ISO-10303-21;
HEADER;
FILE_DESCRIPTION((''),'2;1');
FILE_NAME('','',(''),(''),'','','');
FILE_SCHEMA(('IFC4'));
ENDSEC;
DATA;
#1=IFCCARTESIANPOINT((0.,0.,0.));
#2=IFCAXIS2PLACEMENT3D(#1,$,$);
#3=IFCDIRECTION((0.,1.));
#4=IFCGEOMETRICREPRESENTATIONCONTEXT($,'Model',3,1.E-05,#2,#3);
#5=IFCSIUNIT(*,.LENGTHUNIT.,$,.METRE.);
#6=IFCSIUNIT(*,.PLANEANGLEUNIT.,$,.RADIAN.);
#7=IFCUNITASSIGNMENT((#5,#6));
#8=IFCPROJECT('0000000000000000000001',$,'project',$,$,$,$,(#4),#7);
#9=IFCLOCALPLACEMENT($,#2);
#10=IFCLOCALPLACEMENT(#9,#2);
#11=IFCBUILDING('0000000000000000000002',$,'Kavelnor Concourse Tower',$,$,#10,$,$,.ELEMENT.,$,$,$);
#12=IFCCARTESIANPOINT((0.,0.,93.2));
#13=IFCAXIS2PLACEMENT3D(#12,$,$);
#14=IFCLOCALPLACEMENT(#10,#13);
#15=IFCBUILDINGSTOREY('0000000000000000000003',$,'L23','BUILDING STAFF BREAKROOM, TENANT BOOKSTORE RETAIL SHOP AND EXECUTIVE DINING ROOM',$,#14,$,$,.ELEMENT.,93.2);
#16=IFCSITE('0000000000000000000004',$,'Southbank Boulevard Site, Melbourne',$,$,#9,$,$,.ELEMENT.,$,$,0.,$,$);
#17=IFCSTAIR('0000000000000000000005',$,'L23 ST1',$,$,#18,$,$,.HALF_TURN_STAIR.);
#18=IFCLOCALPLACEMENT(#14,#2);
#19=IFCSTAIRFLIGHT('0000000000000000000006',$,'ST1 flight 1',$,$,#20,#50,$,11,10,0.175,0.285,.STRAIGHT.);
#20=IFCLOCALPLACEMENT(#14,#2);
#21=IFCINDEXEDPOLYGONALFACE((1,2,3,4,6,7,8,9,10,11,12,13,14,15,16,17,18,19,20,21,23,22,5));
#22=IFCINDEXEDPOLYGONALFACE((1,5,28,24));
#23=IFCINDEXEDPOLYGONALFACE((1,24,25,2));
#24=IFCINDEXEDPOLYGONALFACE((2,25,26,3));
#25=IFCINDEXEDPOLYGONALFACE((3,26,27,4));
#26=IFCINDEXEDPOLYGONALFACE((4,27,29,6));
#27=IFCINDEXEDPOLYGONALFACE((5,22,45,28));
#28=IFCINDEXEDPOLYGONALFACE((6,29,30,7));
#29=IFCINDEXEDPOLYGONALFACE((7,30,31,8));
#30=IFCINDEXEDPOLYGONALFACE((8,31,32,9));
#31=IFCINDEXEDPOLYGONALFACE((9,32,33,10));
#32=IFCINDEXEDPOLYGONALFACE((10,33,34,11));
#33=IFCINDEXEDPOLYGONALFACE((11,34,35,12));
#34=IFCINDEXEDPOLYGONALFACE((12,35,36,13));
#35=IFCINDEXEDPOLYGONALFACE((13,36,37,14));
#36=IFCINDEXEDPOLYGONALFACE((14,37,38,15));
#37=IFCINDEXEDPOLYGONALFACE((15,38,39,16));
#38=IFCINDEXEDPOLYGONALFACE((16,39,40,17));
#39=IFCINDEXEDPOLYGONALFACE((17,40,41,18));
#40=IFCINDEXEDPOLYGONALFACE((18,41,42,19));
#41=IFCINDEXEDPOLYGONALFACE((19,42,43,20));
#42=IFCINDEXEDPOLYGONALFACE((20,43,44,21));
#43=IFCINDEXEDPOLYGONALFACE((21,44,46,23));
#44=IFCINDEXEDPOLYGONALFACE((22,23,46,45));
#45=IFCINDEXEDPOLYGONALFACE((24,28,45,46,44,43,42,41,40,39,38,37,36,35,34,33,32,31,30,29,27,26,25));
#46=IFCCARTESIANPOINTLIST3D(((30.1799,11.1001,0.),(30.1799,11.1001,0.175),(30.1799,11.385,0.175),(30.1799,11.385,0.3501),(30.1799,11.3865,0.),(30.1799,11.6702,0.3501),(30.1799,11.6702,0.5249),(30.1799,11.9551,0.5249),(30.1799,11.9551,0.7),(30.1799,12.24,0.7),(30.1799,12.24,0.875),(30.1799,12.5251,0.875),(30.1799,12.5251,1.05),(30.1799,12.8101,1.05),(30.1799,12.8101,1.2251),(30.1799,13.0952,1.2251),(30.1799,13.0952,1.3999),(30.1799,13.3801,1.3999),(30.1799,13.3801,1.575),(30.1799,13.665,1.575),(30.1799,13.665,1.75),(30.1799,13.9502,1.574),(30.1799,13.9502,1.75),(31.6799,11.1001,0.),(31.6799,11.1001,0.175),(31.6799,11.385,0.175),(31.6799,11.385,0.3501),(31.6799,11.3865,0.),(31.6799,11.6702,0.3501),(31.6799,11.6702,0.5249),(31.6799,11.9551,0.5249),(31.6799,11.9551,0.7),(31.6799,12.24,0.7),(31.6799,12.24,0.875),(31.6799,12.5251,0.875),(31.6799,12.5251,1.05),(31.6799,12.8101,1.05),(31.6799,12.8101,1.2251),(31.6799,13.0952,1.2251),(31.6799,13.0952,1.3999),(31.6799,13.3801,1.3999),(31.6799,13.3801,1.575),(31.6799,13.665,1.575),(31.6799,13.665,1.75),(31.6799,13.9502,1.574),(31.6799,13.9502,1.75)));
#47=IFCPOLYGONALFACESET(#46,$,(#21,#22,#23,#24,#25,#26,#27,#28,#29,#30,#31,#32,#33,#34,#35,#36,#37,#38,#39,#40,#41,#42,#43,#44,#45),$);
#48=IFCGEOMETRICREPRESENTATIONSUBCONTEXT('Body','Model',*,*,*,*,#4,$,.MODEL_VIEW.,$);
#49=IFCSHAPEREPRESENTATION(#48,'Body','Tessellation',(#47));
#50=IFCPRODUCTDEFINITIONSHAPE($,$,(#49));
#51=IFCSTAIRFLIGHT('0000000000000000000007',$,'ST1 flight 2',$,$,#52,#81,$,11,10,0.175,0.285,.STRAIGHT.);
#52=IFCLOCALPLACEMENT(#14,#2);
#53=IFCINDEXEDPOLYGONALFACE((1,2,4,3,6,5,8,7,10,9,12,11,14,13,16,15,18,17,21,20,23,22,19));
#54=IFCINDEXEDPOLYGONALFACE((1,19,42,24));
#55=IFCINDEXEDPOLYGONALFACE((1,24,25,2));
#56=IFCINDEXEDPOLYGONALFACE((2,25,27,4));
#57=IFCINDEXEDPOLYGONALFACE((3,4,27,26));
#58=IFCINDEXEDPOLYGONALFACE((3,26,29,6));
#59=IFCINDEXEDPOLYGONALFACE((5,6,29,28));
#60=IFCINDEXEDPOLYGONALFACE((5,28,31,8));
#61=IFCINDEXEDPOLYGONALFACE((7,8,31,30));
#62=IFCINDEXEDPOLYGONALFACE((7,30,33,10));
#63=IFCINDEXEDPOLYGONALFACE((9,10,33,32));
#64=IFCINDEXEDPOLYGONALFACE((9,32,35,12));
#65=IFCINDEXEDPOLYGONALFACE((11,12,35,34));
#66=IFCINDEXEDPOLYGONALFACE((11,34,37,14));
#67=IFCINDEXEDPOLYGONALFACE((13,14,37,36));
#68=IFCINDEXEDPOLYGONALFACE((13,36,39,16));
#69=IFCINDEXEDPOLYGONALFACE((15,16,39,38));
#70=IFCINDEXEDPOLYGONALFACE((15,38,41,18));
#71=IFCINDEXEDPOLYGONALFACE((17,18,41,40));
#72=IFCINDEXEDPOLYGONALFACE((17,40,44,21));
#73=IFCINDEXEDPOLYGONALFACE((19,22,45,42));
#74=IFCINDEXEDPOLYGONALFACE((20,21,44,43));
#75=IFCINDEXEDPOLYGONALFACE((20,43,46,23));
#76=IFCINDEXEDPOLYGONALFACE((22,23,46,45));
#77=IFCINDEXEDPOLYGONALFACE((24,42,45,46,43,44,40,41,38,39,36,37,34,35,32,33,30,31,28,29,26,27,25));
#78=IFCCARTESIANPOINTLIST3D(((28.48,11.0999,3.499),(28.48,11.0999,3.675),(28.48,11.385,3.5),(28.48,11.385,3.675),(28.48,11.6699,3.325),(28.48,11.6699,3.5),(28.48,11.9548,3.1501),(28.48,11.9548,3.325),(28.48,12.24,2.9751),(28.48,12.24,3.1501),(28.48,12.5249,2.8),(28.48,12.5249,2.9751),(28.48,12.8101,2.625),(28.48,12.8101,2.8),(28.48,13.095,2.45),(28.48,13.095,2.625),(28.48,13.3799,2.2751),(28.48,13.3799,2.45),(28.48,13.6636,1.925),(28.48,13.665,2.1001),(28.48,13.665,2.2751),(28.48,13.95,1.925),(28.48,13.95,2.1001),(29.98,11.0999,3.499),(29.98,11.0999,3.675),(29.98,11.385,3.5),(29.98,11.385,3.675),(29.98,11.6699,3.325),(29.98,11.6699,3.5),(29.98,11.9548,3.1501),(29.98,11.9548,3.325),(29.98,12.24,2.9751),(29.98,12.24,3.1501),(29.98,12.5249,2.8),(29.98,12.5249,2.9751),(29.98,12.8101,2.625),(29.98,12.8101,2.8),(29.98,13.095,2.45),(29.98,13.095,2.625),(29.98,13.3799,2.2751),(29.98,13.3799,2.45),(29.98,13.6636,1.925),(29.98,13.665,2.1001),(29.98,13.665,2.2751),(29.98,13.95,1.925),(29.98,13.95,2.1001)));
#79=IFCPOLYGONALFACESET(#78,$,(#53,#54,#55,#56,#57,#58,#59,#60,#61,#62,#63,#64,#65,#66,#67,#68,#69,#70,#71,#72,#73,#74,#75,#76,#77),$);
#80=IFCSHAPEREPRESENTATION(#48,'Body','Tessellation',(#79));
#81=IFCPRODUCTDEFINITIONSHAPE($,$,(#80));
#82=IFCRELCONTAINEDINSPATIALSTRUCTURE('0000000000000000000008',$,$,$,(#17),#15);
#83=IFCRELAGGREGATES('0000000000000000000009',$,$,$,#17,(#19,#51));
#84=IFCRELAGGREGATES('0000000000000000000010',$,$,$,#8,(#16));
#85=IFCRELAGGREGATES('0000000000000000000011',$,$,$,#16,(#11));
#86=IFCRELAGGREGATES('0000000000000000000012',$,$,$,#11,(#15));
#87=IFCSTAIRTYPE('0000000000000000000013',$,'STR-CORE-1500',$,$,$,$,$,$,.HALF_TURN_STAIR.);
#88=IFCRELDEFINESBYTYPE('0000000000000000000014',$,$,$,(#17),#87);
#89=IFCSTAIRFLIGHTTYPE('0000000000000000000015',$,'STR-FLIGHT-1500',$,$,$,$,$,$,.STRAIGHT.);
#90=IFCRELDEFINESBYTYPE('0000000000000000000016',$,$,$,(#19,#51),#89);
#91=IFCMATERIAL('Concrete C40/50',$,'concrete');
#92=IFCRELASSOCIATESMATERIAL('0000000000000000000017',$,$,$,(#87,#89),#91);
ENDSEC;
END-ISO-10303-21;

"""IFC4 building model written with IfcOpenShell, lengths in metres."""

from ifc_helpers import new_model, si_unit, direction, frame, origin, place, context, subcontext, project, spatial, polyline, outline, extrude, material, type_object, element, aggregate, save


model = new_model("IFC4")

# Units and contexts
model_context = context("Model", 3, precision=1e-05, world=origin(), true_north=direction((0.0, 1.0)))
body_context = subcontext(model_context, "Body", "Model", "MODEL_VIEW")
ifc_project = project(units=[si_unit("LENGTHUNIT", "METRE"), si_unit("PLANEANGLEUNIT", "RADIAN")], contexts=[model_context])

# Site, building, storey
site_placement = place(None, origin())
site = spatial("IfcSite", under=ifc_project, at=site_placement, Name="Southbank Boulevard Site, Melbourne", CompositionType="ELEMENT", RefElevation=0.0)
building_placement = place(site_placement, origin())
building = spatial("IfcBuilding", under=site, at=building_placement, Name="Kavelnor Concourse Tower", CompositionType="ELEMENT")
storey_placement = place(building_placement, frame((0.0, 0.0, 93.2)))
storey = spatial("IfcBuildingStorey", under=building, at=storey_placement, Name="L23", Description="BUILDING STAFF BREAKROOM, TENANT BOOKSTORE RETAIL SHOP AND EXECUTIVE DINING ROOM", CompositionType="ELEMENT", Elevation=93.2)

# Stair, stair flights
ifc_material_1 = material(Name="Concrete C40/50", Category="concrete")
stair_type = type_object("IfcStairType", Name="STR-CORE-1500", PredefinedType="HALF_TURN_STAIR", material=ifc_material_1)
stair_placement = place(storey_placement, origin())
stair = element("IfcStair", 1, at=stair_placement, inside=storey, type_object=stair_type, Name="L23 ST1", PredefinedType="HALF_TURN_STAIR")
stair_flight_type = type_object("IfcStairFlightType", Name="STR-FLIGHT-1500", PredefinedType="STRAIGHT", material=ifc_material_1)
stair_flight_1_placement = place(storey_placement, frame((30.9299, 11.1001, 0.0), z_axis=(0.0, 0.0, 1.0), x_axis=(0.0, 1.0, 0.0)))
stair_flight_1 = element("IfcStairFlight", 2, at=stair_flight_1_placement, type_object=stair_flight_type, Name="ST1 flight 1", NumberOfRisers=11, NumberOfTreads=10, PredefinedType="STRAIGHT", RiserHeight=0.175, TreadLength=0.285, context=body_context, shape_type="SweptSolid", body=[
    extrude(outline(polyline([(0.0, 0.0), (0.0, 0.175), (0.2849, 0.175), (0.2849, 0.3501), (0.5701, 0.3501), (0.5701, 0.5249), (0.855, 0.5249), (0.855, 0.7), (1.1399, 0.7), (1.1399, 0.875), (1.425, 0.875), (1.425, 1.05), (1.71, 1.05), (1.71, 1.2251), (1.9951, 1.2251), (1.9951, 1.3999), (2.28, 1.3999), (2.28, 1.575), (2.5649, 1.575), (2.5649, 1.75), (2.8501, 1.75), (2.8501, 1.925), (2.8501, 1.574), (0.2864, 0.0), (0.0, 0.0)])), frame((0.0, 0.75, 0.0), z_axis=(0.0, -1.0, 0.0), x_axis=(1.0, 0.0, 0.0)), (0.0, 0.0, 1.0), 1.5),
])
stair_flight_2_placement = place(storey_placement, frame((29.23, 13.95, 1.925), z_axis=(0.0, 0.0, 1.0), x_axis=(0.0, -1.0, 0.0)))
stair_flight_2 = element("IfcStairFlight", 3, at=stair_flight_2_placement, type_object=stair_flight_type, Name="ST1 flight 2", NumberOfRisers=11, NumberOfTreads=10, PredefinedType="STRAIGHT", RiserHeight=0.175, TreadLength=0.285, context=body_context, shape_type="SweptSolid", body=[
    extrude(outline(polyline([(0.0, 0.0), (0.0, 0.175), (0.2849, 0.175), (0.2849, 0.3501), (0.5701, 0.3501), (0.5701, 0.5249), (0.855, 0.5249), (0.855, 0.7), (1.1399, 0.7), (1.1399, 0.875), (1.425, 0.875), (1.425, 1.05), (1.71, 1.05), (1.71, 1.2251), (1.9951, 1.2251), (1.9951, 1.3999), (2.28, 1.3999), (2.28, 1.575), (2.5649, 1.575), (2.5649, 1.75), (2.8501, 1.75), (2.8501, 1.925), (2.8501, 1.574), (0.2864, 0.0), (0.0, 0.0)])), frame((0.0, 0.75, 0.0), z_axis=(0.0, -1.0, 0.0), x_axis=(1.0, 0.0, 0.0)), (0.0, 0.0, 1.0), 1.5),
])
aggregate(stair, [stair_flight_1, stair_flight_2])

save(model, "model.ifc")
